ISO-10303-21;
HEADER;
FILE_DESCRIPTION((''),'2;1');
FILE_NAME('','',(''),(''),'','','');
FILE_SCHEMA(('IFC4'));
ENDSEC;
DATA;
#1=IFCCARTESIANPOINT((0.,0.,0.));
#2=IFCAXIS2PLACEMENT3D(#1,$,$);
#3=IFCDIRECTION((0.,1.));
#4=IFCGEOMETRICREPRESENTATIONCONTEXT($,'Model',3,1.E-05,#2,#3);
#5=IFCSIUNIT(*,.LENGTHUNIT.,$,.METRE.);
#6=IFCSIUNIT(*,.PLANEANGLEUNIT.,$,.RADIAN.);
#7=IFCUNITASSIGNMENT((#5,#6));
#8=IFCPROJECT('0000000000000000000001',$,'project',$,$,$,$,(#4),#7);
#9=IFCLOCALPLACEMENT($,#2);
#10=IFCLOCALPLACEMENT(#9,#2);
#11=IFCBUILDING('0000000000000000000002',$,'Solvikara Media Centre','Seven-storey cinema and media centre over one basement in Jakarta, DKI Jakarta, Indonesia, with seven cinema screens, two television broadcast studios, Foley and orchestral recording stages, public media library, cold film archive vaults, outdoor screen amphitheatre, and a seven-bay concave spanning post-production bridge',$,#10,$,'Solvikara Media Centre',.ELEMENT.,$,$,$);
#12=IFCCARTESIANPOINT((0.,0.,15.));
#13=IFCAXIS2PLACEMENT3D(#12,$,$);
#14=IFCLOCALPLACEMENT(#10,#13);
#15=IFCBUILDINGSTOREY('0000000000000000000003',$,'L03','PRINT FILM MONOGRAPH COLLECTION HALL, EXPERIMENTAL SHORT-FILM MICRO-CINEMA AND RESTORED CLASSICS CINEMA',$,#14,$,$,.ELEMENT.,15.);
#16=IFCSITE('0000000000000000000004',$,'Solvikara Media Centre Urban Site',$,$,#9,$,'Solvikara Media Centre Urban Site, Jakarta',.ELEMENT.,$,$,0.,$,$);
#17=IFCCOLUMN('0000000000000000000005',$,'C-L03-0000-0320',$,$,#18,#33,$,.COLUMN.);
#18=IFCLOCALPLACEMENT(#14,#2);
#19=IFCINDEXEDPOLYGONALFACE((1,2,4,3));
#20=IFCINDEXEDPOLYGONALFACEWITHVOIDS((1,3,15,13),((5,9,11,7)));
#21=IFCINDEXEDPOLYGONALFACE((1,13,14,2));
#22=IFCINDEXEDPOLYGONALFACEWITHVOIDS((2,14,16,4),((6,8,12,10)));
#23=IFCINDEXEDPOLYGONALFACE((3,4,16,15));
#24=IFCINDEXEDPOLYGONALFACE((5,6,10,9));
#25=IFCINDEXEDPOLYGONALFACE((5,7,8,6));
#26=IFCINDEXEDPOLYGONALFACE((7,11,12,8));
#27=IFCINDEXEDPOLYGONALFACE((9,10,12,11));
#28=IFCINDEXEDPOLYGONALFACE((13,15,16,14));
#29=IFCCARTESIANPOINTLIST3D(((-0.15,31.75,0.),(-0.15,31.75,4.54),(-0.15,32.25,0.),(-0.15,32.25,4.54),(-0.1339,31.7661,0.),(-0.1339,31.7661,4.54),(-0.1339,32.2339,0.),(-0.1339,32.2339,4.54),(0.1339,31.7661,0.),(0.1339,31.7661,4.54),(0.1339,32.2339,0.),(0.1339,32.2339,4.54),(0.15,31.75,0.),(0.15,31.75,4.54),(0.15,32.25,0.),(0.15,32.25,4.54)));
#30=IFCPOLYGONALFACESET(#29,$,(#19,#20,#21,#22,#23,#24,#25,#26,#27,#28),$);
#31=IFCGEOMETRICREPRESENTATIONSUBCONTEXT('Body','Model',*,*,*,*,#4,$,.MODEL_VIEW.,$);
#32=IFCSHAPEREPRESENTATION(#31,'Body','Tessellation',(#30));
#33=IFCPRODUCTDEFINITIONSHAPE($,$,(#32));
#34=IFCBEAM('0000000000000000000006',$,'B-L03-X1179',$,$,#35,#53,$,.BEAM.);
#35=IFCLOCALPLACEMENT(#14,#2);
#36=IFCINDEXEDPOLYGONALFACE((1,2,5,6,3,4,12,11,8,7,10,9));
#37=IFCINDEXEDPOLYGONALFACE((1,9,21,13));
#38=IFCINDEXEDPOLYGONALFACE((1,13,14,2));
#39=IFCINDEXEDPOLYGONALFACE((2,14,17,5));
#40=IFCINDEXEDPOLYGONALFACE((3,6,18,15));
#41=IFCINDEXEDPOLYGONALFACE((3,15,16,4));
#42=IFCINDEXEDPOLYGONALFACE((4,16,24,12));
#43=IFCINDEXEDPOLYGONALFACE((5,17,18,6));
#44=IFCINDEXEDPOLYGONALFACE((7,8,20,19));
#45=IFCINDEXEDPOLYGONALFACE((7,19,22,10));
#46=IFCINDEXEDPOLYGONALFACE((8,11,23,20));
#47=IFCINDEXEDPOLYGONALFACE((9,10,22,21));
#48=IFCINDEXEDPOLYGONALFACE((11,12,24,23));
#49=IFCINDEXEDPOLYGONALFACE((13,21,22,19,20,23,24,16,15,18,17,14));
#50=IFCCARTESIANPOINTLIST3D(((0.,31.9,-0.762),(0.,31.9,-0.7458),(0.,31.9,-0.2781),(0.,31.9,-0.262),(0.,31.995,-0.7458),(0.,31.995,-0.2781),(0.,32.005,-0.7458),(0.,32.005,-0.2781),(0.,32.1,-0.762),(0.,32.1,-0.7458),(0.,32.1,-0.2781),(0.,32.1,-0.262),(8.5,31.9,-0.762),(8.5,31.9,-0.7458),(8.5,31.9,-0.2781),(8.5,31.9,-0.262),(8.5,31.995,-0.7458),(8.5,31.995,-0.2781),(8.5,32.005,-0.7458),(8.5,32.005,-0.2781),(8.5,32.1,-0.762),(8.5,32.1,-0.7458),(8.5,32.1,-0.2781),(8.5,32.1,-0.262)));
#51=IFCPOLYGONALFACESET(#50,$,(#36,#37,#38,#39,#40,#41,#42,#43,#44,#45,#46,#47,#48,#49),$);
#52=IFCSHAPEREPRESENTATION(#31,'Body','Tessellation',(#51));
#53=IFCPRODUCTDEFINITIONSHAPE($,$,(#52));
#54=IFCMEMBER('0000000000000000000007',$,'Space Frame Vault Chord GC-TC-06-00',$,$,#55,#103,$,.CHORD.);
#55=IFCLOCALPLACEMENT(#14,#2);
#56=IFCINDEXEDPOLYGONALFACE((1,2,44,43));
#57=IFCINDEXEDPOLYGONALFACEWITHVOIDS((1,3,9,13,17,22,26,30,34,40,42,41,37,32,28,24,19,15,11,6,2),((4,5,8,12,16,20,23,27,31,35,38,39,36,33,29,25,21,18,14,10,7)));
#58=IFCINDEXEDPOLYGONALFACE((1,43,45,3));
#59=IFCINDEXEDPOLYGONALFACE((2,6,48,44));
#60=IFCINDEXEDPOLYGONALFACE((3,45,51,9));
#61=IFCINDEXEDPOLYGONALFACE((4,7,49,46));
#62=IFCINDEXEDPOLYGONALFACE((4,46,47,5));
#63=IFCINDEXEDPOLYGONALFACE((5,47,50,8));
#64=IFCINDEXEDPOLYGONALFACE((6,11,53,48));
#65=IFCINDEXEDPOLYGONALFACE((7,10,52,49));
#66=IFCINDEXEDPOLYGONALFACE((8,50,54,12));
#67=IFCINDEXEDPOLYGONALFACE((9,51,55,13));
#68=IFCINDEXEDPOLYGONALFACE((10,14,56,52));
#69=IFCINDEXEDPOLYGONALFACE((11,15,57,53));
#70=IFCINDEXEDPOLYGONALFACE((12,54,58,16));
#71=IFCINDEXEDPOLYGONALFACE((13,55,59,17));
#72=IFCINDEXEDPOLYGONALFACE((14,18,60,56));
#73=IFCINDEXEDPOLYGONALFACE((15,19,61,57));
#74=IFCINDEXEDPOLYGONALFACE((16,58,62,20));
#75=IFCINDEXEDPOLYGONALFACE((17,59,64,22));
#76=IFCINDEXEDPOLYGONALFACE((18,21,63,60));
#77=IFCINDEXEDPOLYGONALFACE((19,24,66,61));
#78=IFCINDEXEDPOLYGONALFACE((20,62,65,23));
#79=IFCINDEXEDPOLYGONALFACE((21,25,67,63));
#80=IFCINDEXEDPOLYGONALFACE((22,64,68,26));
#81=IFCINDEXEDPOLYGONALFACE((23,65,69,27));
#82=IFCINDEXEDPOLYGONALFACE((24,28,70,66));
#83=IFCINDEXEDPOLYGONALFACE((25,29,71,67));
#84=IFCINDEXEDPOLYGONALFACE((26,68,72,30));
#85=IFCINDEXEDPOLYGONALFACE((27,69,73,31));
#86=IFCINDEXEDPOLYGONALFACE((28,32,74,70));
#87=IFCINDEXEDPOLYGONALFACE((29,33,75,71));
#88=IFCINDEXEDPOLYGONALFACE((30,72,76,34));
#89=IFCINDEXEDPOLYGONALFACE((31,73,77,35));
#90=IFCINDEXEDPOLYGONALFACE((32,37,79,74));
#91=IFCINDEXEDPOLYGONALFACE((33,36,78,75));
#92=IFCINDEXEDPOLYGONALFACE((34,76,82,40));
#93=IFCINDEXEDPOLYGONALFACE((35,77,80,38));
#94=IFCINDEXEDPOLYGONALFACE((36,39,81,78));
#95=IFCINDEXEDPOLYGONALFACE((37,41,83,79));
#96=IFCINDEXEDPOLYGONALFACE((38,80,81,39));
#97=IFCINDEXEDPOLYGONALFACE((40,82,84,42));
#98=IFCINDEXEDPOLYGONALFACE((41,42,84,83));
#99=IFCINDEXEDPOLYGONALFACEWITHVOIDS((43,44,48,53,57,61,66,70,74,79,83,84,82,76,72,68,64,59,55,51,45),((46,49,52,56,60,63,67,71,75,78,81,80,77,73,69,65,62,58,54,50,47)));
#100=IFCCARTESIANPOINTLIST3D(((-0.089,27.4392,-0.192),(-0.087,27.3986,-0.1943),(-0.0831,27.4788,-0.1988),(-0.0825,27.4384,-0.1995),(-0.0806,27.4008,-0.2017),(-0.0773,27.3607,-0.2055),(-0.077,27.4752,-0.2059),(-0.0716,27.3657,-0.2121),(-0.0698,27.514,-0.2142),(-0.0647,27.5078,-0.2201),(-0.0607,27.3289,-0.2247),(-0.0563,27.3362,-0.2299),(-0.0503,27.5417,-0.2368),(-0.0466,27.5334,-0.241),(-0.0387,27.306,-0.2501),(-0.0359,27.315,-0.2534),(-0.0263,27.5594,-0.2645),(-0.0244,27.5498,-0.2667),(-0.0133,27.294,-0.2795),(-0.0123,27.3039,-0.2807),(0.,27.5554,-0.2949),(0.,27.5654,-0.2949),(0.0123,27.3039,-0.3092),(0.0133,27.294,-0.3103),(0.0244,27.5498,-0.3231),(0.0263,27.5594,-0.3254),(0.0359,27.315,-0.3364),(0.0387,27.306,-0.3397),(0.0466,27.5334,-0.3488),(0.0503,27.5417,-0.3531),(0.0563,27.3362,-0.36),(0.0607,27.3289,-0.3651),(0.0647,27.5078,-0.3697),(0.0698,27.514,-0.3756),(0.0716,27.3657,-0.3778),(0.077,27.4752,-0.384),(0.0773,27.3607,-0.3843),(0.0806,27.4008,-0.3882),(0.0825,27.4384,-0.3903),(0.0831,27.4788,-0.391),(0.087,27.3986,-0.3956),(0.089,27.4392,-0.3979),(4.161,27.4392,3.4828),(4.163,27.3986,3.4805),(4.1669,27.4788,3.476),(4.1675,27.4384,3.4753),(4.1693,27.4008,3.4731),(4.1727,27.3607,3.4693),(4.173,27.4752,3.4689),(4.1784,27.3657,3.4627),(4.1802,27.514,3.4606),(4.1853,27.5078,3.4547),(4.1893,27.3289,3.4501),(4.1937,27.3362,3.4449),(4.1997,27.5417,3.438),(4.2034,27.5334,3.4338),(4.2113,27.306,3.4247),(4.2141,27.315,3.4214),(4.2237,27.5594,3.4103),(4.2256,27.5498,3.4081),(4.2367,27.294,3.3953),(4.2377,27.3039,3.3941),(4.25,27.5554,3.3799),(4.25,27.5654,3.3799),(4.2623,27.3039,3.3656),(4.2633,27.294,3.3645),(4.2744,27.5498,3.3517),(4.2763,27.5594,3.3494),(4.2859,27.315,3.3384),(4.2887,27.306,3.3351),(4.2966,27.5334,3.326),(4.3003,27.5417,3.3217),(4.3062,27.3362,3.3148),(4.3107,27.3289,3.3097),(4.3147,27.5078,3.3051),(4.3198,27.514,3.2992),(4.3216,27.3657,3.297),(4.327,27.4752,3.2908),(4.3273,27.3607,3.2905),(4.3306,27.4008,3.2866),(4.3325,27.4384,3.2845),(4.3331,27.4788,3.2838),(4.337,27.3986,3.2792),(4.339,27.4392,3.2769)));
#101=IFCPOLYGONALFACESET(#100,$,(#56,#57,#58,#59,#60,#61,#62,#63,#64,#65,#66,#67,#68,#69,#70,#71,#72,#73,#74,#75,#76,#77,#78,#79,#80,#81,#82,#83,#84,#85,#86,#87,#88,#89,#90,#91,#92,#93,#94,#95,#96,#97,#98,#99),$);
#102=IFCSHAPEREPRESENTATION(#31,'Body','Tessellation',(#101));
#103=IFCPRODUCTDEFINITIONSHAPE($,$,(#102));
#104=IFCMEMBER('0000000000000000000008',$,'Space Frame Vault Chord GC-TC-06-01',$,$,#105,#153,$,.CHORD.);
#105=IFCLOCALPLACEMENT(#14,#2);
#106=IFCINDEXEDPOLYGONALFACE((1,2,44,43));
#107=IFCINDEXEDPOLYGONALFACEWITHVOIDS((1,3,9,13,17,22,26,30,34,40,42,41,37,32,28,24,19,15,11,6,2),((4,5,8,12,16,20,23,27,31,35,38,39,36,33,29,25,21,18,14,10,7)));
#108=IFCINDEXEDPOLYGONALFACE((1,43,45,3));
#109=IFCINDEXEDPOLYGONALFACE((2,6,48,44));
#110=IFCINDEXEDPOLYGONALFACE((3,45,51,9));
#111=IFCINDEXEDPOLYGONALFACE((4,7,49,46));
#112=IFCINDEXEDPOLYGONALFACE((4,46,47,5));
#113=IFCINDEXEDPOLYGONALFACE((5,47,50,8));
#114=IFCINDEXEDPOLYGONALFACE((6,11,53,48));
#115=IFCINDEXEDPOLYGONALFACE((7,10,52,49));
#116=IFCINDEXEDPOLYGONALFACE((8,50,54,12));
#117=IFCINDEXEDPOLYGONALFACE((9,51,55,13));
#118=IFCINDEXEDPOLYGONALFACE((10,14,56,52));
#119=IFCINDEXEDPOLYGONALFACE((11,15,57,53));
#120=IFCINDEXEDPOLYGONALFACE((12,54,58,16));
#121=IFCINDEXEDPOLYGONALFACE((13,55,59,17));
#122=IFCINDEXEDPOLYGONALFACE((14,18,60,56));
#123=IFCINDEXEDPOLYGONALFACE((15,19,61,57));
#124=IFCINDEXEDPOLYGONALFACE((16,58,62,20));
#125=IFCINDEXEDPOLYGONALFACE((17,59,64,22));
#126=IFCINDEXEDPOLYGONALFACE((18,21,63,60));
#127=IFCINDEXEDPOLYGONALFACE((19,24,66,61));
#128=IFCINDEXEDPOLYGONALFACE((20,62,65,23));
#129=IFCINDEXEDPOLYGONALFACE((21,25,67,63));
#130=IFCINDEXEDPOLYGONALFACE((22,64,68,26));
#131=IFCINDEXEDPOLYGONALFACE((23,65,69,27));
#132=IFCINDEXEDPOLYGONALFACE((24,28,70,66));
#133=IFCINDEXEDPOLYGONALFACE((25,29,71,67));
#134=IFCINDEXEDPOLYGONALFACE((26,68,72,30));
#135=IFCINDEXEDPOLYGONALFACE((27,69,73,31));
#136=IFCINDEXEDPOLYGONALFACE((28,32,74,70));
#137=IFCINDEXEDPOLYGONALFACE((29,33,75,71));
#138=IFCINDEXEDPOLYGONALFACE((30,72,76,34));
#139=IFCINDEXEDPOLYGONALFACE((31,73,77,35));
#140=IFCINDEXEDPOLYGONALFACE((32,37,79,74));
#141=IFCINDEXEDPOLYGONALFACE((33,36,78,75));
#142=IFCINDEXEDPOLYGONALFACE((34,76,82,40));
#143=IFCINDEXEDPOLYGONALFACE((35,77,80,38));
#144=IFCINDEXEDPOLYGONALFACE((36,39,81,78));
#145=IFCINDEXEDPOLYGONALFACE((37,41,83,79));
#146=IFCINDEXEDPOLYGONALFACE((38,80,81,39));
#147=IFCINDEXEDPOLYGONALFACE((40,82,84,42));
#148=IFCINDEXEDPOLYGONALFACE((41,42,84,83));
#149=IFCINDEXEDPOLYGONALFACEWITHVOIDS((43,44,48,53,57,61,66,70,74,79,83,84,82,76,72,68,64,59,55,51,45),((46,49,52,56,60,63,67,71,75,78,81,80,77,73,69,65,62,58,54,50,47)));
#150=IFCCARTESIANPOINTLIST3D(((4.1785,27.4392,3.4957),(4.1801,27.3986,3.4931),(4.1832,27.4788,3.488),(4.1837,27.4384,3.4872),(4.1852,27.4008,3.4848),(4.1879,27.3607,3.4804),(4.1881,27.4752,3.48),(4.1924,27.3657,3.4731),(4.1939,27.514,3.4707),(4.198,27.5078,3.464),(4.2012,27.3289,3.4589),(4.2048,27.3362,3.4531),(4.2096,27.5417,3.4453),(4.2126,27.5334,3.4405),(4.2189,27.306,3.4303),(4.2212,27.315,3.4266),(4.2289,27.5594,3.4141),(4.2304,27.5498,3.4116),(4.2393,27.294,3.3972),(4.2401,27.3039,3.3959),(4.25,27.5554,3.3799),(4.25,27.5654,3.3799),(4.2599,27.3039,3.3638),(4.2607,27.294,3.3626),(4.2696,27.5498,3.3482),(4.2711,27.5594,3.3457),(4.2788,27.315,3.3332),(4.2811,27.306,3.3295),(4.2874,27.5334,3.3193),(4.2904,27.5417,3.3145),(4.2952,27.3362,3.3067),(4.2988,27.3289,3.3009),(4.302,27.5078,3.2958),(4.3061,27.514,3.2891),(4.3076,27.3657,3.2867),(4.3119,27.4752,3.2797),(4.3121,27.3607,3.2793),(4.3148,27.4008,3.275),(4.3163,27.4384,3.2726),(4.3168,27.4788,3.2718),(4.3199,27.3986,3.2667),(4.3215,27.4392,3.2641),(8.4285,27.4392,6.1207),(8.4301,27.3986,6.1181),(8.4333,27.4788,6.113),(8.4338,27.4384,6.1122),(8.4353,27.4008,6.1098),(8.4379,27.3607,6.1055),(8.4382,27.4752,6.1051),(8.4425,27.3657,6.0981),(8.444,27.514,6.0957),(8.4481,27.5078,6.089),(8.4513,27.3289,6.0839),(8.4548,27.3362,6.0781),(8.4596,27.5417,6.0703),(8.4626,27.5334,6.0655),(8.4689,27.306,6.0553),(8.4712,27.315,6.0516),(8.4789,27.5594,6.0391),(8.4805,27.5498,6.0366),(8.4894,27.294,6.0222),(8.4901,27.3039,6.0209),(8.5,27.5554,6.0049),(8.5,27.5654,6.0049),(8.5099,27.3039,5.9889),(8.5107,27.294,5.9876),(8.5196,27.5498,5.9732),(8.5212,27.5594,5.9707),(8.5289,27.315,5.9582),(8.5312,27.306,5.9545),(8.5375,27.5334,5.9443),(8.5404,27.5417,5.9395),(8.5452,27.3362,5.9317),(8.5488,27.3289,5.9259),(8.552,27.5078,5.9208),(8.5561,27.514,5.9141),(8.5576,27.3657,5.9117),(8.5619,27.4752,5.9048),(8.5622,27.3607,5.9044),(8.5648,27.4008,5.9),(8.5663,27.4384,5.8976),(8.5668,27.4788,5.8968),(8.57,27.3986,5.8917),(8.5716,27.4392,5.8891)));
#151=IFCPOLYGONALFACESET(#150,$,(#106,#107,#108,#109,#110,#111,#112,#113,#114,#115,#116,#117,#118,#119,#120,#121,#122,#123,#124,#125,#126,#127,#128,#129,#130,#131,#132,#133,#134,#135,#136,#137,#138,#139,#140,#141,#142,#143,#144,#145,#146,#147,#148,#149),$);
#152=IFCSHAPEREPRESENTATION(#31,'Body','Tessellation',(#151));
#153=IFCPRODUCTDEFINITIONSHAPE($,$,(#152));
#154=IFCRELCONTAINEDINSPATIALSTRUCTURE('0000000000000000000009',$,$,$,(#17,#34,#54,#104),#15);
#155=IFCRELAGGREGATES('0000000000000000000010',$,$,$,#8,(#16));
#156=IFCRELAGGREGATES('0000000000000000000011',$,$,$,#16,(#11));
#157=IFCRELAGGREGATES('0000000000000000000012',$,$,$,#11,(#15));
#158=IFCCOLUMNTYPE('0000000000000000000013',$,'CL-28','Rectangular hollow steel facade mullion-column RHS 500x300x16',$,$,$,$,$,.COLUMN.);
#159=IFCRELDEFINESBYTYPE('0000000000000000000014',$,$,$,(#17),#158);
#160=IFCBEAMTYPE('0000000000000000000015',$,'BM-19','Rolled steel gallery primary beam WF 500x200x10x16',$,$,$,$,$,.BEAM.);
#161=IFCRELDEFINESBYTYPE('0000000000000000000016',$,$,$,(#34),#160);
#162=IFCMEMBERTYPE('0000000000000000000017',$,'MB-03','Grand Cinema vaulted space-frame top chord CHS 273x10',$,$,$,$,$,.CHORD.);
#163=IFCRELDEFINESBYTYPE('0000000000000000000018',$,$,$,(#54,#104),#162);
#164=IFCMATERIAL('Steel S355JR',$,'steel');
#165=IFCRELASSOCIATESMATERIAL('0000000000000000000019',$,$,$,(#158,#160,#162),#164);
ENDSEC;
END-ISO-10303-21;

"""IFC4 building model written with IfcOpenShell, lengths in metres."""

from ifc_helpers import new_model, si_unit, direction, frame, origin, origin_2d, place, context, subcontext, project, spatial, hollow_rectangle, hollow_circle, i_section, extrude, material, material_profile, profile_set, type_object, element, save


model = new_model("IFC4")

# Units and contexts
model_context = context("Model", 3, precision=1e-05, world=origin(), true_north=direction((0.0, 1.0)))
body_context = subcontext(model_context, "Body", "Model", "MODEL_VIEW")
ifc_project = project(units=[si_unit("LENGTHUNIT", "METRE"), si_unit("PLANEANGLEUNIT", "RADIAN")], contexts=[model_context])

# Site, building, storey
site_placement = place(None, origin())
site = spatial("IfcSite", under=ifc_project, at=site_placement, Name="Solvikara Media Centre Urban Site", LongName="Solvikara Media Centre Urban Site, Jakarta", CompositionType="ELEMENT", RefElevation=0.0)
building_placement = place(site_placement, origin())
building = spatial("IfcBuilding", under=site, at=building_placement, Name="Solvikara Media Centre", Description="Seven-storey cinema and media centre over one basement in Jakarta, DKI Jakarta, Indonesia, with seven cinema screens, two television broadcast studios, Foley and orchestral recording stages, public media library, cold film archive vaults, outdoor screen amphitheatre, and a seven-bay concave spanning post-production bridge", LongName="Solvikara Media Centre", CompositionType="ELEMENT")
storey_placement = place(building_placement, frame((0.0, 0.0, 15.0)))
storey = spatial("IfcBuildingStorey", under=building, at=storey_placement, Name="L03", Description="PRINT FILM MONOGRAPH COLLECTION HALL, EXPERIMENTAL SHORT-FILM MICRO-CINEMA AND RESTORED CLASSICS CINEMA", CompositionType="ELEMENT", Elevation=15.0)

# Column
ifc_material_1 = material(Name="Steel S355JR", Category="steel")
ifc_material_profile_1 = material_profile(ifc_material_1, hollow_rectangle(XDim=0.3, YDim=0.5, WallThickness=0.0161, at=origin_2d()), Name="RHS 500x300x16")
ifc_profile_set_1 = profile_set([ifc_material_profile_1], Name="Steel S355JR")
column_type = type_object("IfcColumnType", Name="CL-28", Description="Rectangular hollow steel facade mullion-column RHS 500x300x16", PredefinedType="COLUMN", material=ifc_profile_set_1)
column_placement = place(storey_placement, frame((0.0, 32.0, 0.0), z_axis=(0.0, 0.0, 1.0), x_axis=(1.0, 0.0, 0.0)))
element("IfcColumn", 1, at=column_placement, inside=storey, type_object=column_type, Name="C-L03-0000-0320", PredefinedType="COLUMN", context=body_context, shape_type="SweptSolid", body=[
    extrude(hollow_rectangle(XDim=0.3, YDim=0.5, WallThickness=0.0161, at=origin_2d()), origin(), (0.0, 0.0, 1.0), 4.54),
])

# Beam
ifc_material_profile_2 = material_profile(ifc_material_1, i_section(OverallWidth=0.2, OverallDepth=0.5, WebThickness=0.01, FlangeThickness=0.0161, at=origin_2d()), Name="WF 500x200x10x16")
ifc_profile_set_2 = profile_set([ifc_material_profile_2], Name="Steel S355JR")
beam_type = type_object("IfcBeamType", Name="BM-19", Description="Rolled steel gallery primary beam WF 500x200x10x16", PredefinedType="BEAM", material=ifc_profile_set_2)
beam_placement = place(storey_placement, frame((0.0, 32.0, -0.512), z_axis=(1.0, 0.0, 0.0), x_axis=(0.0, 1.0, 0.0)))
element("IfcBeam", 2, at=beam_placement, inside=storey, type_object=beam_type, Name="B-L03-X1179", PredefinedType="BEAM", context=body_context, shape_type="SweptSolid", body=[
    extrude(i_section(OverallWidth=0.2, OverallDepth=0.5, WebThickness=0.01, FlangeThickness=0.0161, at=origin_2d()), origin(), (0.0, 0.0, 1.0), 8.5),
])

# Members
ifc_material_profile_3 = material_profile(ifc_material_1, hollow_circle(Radius=0.1365, WallThickness=0.01, at=origin_2d()), Name="CHS 273x10")
ifc_profile_set_3 = profile_set([ifc_material_profile_3], Name="Steel S355JR")
member_type_1 = type_object("IfcMemberType", Name="MB-03", Description="Grand Cinema vaulted space-frame top chord CHS 273x10", PredefinedType="CHORD", material=ifc_profile_set_3)
member_1_placement = place(storey_placement, frame((0.0, 27.429, -0.2949), z_axis=(0.75644, 0.0, 0.654063), x_axis=(0.0, 1.0, 0.0)))
element("IfcMember", 3, at=member_1_placement, inside=storey, type_object=member_type_1, Name="Space Frame Vault Chord GC-TC-06-00", PredefinedType="CHORD", context=body_context, shape_type="SweptSolid", body=[
    extrude(hollow_circle(Radius=0.1365, WallThickness=0.01, at=origin_2d()), origin(), (0.0, 0.0, 1.0), 5.6184),
])
member_2_placement = place(storey_placement, frame((4.25, 27.429, 3.3799), z_axis=(0.850798, 0.0, 0.525493), x_axis=(0.0, 1.0, 0.0)))
element("IfcMember", 4, at=member_2_placement, inside=storey, type_object=member_type_1, Name="Space Frame Vault Chord GC-TC-06-01", PredefinedType="CHORD", context=body_context, shape_type="SweptSolid", body=[
    extrude(hollow_circle(Radius=0.1365, WallThickness=0.01, at=origin_2d()), origin(), (0.0, 0.0, 1.0), 4.9954),
])

save(model, "model.ifc")
